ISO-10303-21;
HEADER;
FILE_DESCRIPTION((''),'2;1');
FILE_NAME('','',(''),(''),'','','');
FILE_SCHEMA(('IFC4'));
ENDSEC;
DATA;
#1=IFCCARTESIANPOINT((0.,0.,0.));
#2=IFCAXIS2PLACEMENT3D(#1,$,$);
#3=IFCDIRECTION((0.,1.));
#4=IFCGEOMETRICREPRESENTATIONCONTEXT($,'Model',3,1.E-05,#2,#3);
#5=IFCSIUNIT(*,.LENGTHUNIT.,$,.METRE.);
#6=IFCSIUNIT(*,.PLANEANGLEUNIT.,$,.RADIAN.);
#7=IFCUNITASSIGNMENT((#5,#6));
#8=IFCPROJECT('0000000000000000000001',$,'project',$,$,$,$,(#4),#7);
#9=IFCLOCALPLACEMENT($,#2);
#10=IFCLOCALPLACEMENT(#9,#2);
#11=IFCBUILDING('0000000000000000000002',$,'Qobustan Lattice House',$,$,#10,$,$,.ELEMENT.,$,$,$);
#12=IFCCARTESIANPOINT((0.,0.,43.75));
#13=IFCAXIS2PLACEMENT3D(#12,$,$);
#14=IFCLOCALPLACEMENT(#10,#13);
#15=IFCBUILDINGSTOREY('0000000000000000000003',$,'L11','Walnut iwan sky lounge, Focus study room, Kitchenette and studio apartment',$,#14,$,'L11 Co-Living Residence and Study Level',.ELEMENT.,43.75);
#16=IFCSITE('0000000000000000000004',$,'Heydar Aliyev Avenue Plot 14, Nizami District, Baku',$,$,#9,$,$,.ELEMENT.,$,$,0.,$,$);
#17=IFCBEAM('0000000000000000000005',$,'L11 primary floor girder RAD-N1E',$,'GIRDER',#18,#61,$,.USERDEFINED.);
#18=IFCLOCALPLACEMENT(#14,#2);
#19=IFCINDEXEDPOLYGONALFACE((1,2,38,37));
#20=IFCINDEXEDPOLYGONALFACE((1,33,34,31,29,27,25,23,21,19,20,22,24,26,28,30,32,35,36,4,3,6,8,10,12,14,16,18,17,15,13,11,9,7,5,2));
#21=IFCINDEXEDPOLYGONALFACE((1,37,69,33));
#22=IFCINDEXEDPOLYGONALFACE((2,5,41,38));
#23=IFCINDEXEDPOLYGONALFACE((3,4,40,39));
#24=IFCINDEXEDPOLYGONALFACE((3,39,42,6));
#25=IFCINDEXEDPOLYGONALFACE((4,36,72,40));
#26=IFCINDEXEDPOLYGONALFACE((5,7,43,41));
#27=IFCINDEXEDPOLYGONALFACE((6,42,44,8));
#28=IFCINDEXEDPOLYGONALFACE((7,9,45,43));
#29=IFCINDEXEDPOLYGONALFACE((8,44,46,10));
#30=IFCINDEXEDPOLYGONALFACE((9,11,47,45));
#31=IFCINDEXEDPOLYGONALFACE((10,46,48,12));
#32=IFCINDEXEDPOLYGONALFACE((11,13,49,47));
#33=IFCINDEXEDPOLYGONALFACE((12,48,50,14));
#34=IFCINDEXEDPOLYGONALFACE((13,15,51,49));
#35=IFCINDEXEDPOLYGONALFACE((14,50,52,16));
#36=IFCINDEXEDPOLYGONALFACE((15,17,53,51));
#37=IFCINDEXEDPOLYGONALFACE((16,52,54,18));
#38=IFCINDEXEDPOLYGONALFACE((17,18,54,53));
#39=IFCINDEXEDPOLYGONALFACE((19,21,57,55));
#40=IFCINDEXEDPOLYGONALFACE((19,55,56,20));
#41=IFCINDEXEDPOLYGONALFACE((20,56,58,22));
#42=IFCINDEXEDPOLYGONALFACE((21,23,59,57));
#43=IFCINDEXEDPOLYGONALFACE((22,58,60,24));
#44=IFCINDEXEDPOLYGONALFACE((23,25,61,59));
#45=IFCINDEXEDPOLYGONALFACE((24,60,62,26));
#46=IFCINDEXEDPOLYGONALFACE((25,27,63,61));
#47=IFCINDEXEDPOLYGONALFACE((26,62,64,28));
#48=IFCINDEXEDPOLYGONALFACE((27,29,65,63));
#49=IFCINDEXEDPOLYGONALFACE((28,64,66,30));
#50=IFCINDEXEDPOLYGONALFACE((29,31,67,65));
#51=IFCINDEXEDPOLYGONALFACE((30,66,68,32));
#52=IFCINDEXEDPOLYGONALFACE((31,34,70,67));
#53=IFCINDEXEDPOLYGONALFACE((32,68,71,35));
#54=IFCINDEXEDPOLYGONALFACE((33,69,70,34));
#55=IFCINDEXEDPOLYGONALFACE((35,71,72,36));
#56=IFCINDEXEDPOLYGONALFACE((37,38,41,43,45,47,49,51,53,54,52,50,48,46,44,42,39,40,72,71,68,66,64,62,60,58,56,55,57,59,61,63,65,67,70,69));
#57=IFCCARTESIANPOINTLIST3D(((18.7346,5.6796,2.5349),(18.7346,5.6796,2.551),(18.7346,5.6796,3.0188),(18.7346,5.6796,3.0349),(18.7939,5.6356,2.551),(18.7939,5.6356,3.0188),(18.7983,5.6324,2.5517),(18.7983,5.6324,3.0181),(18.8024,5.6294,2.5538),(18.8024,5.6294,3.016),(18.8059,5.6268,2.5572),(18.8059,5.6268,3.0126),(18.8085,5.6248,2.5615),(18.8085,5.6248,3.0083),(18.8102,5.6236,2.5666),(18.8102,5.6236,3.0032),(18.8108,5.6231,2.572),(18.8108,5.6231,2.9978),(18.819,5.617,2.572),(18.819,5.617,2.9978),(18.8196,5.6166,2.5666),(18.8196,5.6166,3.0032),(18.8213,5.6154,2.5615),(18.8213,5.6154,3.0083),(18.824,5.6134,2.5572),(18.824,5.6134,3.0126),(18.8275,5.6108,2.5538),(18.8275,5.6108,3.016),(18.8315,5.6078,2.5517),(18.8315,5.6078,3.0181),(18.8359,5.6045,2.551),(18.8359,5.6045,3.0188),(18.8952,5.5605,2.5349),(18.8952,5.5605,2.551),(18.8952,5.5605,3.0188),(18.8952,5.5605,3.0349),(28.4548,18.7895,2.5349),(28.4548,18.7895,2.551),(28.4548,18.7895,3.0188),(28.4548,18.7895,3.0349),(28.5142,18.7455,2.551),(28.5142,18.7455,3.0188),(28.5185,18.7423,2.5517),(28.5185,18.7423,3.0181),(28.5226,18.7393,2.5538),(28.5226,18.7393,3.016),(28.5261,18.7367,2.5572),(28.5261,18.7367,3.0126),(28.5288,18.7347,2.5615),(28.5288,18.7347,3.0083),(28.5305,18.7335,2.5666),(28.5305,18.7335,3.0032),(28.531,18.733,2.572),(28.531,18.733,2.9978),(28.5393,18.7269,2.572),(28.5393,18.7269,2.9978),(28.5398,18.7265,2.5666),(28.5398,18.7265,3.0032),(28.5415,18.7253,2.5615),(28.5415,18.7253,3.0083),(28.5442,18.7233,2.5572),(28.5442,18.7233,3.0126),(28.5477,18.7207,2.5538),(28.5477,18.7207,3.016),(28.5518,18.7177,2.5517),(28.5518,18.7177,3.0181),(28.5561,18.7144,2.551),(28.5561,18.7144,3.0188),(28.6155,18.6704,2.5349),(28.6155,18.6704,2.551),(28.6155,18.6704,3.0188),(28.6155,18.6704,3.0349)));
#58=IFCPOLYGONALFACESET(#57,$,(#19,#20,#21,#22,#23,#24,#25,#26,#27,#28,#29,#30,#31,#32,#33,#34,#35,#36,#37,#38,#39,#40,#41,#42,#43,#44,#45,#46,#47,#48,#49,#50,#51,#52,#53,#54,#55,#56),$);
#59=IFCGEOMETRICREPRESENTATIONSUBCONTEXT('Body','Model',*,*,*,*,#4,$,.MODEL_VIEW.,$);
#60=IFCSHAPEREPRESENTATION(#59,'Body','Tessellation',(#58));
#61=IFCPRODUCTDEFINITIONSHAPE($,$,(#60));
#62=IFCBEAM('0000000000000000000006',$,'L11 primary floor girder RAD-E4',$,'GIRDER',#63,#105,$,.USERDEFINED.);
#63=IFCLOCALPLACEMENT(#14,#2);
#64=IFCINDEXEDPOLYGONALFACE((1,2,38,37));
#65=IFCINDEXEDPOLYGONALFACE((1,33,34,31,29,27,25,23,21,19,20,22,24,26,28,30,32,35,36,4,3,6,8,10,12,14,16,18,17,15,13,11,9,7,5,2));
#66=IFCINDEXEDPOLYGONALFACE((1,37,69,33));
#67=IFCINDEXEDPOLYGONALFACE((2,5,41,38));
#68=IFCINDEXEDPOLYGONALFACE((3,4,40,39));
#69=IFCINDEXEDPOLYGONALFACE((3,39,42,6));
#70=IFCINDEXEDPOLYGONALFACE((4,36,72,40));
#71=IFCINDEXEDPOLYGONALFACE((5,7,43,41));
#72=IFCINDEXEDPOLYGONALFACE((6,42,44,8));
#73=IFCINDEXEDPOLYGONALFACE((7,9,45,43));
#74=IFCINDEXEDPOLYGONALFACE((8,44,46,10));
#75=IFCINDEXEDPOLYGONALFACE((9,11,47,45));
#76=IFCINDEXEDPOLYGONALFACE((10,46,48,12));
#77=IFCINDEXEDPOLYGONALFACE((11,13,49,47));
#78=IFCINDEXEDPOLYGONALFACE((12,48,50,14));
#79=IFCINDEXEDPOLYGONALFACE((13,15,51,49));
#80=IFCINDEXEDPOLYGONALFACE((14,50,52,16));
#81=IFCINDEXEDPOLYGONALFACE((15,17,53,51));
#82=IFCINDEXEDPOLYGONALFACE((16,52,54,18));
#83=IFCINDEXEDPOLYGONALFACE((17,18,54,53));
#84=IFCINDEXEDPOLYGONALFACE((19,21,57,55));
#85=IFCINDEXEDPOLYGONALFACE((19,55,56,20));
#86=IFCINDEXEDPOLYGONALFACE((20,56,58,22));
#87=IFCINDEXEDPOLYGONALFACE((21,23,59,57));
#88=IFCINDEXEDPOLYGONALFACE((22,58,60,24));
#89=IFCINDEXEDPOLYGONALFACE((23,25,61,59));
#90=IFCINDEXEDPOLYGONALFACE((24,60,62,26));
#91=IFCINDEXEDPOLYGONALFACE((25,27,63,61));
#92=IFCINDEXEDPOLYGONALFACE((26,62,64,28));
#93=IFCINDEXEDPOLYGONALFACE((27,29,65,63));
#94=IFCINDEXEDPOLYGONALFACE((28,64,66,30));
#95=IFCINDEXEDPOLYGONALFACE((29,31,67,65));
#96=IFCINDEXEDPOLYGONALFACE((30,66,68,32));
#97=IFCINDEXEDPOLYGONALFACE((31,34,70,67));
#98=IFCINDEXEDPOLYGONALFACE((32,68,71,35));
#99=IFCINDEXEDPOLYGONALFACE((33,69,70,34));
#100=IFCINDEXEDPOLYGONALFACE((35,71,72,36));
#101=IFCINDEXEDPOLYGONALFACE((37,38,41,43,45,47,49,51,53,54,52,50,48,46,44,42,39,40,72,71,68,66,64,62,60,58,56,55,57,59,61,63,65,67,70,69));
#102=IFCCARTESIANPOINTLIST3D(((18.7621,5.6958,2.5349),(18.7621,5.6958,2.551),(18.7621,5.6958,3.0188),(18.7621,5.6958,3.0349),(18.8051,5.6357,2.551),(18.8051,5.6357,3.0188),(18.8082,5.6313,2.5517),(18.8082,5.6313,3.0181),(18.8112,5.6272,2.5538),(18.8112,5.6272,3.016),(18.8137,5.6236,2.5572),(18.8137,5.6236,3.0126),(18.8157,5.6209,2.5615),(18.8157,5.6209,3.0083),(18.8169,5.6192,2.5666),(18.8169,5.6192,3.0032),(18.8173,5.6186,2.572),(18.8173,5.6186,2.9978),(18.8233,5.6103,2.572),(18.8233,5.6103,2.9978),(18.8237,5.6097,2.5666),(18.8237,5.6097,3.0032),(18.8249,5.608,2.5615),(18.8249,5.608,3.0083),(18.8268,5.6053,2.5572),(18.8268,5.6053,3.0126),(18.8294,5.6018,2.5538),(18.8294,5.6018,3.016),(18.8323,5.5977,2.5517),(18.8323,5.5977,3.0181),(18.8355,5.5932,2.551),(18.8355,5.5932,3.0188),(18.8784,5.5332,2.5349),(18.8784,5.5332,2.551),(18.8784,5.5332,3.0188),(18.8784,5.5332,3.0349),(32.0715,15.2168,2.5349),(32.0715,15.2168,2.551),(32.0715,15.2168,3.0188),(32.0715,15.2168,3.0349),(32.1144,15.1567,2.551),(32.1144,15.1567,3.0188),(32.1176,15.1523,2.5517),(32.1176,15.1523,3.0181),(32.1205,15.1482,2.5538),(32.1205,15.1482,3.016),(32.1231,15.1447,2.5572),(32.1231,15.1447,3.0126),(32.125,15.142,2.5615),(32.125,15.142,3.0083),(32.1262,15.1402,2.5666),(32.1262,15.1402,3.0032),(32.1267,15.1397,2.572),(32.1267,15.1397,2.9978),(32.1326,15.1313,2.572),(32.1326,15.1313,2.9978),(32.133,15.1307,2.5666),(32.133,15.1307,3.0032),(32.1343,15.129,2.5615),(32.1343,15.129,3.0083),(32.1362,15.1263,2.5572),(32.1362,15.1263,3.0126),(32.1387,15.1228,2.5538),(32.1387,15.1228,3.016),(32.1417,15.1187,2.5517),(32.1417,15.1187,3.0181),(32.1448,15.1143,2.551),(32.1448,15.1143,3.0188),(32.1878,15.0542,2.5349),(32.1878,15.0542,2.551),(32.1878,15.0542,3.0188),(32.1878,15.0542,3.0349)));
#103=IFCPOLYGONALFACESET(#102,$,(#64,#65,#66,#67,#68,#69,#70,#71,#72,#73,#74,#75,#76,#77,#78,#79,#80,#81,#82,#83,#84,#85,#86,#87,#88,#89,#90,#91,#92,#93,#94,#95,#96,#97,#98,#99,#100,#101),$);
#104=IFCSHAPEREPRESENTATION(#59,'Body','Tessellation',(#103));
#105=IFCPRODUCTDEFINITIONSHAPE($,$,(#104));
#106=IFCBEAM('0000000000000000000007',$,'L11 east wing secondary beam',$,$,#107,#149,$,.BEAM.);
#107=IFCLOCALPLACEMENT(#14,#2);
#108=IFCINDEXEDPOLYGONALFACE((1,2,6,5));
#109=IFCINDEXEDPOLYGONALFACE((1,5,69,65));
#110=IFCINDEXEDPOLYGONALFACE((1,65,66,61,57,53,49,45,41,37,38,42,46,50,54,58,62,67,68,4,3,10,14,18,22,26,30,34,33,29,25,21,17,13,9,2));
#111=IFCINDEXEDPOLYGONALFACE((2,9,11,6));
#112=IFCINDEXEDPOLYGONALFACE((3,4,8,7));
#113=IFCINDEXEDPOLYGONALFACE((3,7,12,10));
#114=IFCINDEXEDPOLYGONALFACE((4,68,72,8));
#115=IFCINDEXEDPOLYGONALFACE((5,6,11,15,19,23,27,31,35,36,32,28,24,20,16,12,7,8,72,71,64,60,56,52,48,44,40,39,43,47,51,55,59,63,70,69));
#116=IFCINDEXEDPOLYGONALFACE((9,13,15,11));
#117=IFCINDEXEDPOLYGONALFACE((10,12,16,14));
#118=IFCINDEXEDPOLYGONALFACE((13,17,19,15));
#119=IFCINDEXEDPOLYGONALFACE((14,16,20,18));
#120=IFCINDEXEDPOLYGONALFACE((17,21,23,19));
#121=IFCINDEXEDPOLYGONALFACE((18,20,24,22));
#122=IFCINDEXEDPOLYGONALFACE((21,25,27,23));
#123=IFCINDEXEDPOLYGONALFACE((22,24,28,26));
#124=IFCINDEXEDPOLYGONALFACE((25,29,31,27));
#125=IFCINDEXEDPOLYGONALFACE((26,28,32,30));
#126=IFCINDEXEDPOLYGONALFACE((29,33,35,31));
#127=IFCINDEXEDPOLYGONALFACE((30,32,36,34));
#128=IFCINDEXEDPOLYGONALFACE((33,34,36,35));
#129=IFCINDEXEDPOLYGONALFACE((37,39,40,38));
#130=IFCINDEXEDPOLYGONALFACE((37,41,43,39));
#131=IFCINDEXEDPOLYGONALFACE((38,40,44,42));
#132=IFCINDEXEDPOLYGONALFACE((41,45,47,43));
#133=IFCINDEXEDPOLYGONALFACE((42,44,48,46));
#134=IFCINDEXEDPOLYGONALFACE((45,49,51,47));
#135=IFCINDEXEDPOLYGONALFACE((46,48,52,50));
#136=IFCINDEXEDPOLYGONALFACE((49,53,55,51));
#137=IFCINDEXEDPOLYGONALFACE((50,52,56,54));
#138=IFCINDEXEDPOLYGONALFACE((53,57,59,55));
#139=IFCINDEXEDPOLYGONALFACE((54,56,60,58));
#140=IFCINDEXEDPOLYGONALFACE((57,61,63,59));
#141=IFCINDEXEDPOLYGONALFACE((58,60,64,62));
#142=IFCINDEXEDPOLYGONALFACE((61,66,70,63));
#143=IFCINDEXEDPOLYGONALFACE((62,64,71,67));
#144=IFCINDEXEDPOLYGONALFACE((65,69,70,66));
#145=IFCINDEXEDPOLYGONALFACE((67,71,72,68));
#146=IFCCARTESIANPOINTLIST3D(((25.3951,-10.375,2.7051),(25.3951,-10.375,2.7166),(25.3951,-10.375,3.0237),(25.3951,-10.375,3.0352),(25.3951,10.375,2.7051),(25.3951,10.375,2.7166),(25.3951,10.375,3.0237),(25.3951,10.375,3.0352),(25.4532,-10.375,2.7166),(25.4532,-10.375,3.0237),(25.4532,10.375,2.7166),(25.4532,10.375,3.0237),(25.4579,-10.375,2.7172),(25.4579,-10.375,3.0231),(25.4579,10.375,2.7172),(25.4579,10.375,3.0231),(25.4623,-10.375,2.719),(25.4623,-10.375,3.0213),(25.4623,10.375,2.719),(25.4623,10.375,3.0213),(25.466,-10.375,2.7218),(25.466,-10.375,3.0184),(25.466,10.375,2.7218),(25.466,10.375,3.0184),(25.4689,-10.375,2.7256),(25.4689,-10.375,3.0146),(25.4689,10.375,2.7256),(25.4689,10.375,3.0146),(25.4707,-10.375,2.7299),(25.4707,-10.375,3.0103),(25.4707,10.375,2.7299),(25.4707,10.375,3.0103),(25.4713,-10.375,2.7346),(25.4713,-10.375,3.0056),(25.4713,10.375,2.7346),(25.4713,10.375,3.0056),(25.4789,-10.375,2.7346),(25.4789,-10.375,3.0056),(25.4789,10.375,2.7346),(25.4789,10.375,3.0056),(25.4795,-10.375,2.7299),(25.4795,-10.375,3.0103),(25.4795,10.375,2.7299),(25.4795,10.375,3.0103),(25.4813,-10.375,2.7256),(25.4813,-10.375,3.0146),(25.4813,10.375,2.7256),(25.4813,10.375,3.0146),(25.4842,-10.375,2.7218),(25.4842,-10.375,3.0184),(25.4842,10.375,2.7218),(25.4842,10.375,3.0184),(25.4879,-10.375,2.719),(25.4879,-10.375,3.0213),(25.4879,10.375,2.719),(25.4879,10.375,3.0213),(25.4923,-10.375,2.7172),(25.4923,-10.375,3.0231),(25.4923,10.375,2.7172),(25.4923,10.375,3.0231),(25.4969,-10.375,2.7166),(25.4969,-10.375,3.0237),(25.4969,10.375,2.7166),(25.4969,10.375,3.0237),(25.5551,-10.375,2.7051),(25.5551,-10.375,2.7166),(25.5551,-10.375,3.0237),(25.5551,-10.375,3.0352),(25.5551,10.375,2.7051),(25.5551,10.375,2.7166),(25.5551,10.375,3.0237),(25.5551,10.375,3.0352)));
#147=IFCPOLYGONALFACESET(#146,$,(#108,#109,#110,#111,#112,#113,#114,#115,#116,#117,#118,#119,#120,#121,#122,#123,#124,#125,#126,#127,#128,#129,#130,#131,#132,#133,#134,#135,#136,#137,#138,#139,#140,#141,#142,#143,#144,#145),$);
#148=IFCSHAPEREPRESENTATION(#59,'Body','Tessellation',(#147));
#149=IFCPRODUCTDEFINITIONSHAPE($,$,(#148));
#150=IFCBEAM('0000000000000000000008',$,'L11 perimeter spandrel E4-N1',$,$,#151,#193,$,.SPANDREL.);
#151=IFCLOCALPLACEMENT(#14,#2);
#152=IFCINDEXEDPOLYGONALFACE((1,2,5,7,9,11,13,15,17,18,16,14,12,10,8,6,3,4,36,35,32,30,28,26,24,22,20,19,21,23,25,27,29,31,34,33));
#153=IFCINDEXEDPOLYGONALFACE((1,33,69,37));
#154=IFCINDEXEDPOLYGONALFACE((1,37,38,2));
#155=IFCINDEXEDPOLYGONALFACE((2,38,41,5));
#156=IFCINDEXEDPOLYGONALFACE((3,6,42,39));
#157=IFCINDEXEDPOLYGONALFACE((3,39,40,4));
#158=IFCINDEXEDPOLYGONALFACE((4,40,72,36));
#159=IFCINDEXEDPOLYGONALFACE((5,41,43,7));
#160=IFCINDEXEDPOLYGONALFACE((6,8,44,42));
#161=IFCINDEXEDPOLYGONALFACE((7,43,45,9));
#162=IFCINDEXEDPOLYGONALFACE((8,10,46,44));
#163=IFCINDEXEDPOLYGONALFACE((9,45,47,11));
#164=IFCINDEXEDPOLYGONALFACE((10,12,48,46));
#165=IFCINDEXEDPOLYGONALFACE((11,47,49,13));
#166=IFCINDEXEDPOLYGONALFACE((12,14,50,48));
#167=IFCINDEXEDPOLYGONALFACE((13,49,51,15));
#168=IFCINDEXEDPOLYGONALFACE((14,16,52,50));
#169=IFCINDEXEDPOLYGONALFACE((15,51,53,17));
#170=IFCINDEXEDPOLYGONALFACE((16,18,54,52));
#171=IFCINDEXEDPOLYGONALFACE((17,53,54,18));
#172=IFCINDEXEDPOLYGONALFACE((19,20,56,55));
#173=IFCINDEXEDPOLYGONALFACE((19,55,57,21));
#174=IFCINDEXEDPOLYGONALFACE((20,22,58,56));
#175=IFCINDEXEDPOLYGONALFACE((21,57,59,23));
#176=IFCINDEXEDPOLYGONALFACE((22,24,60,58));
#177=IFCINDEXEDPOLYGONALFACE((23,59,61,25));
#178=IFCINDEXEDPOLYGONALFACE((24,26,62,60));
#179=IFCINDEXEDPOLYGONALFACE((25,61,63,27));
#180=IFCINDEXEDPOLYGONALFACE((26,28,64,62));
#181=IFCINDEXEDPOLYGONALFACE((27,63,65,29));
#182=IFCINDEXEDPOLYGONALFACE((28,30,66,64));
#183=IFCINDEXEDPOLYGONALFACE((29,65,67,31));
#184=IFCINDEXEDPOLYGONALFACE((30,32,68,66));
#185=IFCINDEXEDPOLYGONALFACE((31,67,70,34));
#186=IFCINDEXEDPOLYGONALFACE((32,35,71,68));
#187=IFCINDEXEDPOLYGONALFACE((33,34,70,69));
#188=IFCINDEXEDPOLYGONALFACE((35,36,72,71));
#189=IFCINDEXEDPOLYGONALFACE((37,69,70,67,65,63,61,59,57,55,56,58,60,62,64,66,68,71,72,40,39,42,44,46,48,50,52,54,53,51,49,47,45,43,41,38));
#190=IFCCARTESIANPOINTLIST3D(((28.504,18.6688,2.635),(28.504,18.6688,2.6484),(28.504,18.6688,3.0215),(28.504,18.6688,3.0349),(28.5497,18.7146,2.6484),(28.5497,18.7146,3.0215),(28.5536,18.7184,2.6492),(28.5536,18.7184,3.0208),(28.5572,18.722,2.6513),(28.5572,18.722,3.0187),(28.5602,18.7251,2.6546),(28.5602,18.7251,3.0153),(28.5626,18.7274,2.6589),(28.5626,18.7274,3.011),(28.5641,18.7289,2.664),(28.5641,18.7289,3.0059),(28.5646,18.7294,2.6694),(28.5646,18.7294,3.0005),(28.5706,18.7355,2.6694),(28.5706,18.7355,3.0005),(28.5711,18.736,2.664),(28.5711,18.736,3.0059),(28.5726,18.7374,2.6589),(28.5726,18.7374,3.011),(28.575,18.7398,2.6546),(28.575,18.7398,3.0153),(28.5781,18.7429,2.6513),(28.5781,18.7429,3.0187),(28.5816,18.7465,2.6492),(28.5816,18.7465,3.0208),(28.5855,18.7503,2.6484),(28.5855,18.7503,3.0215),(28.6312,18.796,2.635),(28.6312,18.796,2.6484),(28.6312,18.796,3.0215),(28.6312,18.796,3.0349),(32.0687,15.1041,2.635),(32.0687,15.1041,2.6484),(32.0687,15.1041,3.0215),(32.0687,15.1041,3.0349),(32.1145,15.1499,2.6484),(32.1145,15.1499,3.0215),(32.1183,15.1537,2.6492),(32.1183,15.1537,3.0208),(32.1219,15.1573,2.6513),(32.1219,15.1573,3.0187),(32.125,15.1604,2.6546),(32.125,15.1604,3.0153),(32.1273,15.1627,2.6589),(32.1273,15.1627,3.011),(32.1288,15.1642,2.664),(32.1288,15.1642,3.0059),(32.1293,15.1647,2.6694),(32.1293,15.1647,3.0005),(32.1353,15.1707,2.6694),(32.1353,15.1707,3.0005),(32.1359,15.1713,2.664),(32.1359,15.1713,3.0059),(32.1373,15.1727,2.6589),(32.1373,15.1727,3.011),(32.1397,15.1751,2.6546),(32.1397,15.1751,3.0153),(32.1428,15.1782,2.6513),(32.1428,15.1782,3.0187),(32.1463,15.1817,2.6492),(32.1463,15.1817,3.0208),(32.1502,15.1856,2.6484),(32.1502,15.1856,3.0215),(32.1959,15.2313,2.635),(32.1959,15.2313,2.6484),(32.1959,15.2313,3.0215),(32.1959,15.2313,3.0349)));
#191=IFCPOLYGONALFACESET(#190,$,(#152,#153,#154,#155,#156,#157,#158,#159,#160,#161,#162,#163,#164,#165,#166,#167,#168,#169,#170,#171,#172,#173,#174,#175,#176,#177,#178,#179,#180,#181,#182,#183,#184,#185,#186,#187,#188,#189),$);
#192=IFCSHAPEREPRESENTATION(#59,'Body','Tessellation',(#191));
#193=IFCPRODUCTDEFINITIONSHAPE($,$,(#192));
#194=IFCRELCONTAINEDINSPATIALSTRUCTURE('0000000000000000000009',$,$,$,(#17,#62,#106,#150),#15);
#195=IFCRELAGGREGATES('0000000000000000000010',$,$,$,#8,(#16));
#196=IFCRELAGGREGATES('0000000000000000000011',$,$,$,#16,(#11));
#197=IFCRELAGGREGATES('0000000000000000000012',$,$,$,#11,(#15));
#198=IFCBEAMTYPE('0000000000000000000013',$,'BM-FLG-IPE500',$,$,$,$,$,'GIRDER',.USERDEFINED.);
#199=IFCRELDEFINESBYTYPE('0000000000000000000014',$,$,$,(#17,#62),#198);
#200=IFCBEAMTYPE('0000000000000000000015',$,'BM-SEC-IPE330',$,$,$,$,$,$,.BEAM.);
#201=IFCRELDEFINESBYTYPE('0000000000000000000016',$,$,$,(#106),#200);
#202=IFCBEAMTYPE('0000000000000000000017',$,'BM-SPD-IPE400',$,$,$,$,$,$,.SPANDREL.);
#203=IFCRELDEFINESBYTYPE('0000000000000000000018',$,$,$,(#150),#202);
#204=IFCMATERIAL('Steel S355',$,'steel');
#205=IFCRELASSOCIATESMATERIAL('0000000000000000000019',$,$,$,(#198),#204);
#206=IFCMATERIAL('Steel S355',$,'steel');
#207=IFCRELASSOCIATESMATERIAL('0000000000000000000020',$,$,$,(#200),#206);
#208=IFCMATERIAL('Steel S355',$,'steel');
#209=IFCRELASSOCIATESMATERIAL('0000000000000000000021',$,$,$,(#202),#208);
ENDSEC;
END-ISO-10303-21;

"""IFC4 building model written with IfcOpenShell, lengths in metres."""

from ifc_helpers import new_model, si_unit, direction, frame, origin, origin_2d, place, context, subcontext, project, spatial, i_section, extrude, material, material_profile, profile_set, type_object, element, save


model = new_model("IFC4")

# Units and contexts
model_context = context("Model", 3, precision=1e-05, world=origin(), true_north=direction((0.0, 1.0)))
body_context = subcontext(model_context, "Body", "Model", "MODEL_VIEW")
ifc_project = project(units=[si_unit("LENGTHUNIT", "METRE"), si_unit("PLANEANGLEUNIT", "RADIAN")], contexts=[model_context])

# Site, building, storey
site_placement = place(None, origin())
site = spatial("IfcSite", under=ifc_project, at=site_placement, Name="Heydar Aliyev Avenue Plot 14, Nizami District, Baku", CompositionType="ELEMENT", RefElevation=0.0)
building_placement = place(site_placement, origin())
building = spatial("IfcBuilding", under=site, at=building_placement, Name="Qobustan Lattice House", CompositionType="ELEMENT")
storey_placement = place(building_placement, frame((0.0, 0.0, 43.75)))
storey = spatial("IfcBuildingStorey", under=building, at=storey_placement, Name="L11", Description="Walnut iwan sky lounge, Focus study room, Kitchenette and studio apartment", LongName="L11 Co-Living Residence and Study Level", CompositionType="ELEMENT", Elevation=43.75)

# Beams
ifc_material_1 = material(Name="Steel S355", Category="steel")
ifc_material_profile_1 = material_profile(ifc_material_1, i_section(OverallWidth=0.2, OverallDepth=0.5, WebThickness=0.0103, FlangeThickness=0.0161, FilletRadius=0.021, at=origin_2d()), Name="IPE500")
ifc_profile_set_1 = profile_set([ifc_material_profile_1], Name="Steel S355")
beam_type_1 = type_object("IfcBeamType", Name="BM-FLG-IPE500", ElementType="GIRDER", PredefinedType="USERDEFINED", material=ifc_profile_set_1)
beam_1_placement = place(storey_placement, frame((28.5352, 18.73, 2.7849), z_axis=(-0.595592, -0.803287, 0.0), x_axis=(0.803287, -0.595592, 0.0)))
element("IfcBeam", 1, at=beam_1_placement, inside=storey, type_object=beam_type_1, Name="L11 primary floor girder RAD-N1E", ObjectType="GIRDER", PredefinedType="USERDEFINED", context=body_context, shape_type="SweptSolid", body=[
    extrude(i_section(OverallWidth=0.2, OverallDepth=0.5, WebThickness=0.0103, FlangeThickness=0.0161, FilletRadius=0.021, at=origin_2d()), origin(), (0.0, 0.0, 1.0), 16.3203),
])
beam_2_placement = place(storey_placement, frame((32.1296, 15.1355, 2.7849), z_axis=(-0.813319, -0.581818, 0.0), x_axis=(0.581818, -0.813319, 0.0)))
element("IfcBeam", 2, at=beam_2_placement, inside=storey, type_object=beam_type_1, Name="L11 primary floor girder RAD-E4", ObjectType="GIRDER", PredefinedType="USERDEFINED", context=body_context, shape_type="SweptSolid", body=[
    extrude(i_section(OverallWidth=0.2, OverallDepth=0.5, WebThickness=0.0103, FlangeThickness=0.0161, FilletRadius=0.021, at=origin_2d()), origin(), (0.0, 0.0, 1.0), 16.3643),
])
ifc_material_2 = material(Name="Steel S355", Category="steel")
ifc_material_profile_2 = material_profile(ifc_material_2, i_section(OverallWidth=0.1599, OverallDepth=0.3301, WebThickness=0.0076, FlangeThickness=0.0115, FilletRadius=0.0181, at=origin_2d()), Name="IPE330")
ifc_profile_set_2 = profile_set([ifc_material_profile_2], Name="Steel S355")
beam_type_2 = type_object("IfcBeamType", Name="BM-SEC-IPE330", PredefinedType="BEAM", material=ifc_profile_set_2)
beam_3_placement = place(storey_placement, frame((25.4751, 10.375, 2.8701), z_axis=(0.0, -1.0, 0.0), x_axis=(1.0, 0.0, 0.0)))
element("IfcBeam", 3, at=beam_3_placement, inside=storey, type_object=beam_type_2, Name="L11 east wing secondary beam", PredefinedType="BEAM", context=body_context, shape_type="SweptSolid", body=[
    extrude(i_section(OverallWidth=0.1599, OverallDepth=0.3301, WebThickness=0.0076, FlangeThickness=0.0115, FilletRadius=0.0181, at=origin_2d()), origin(), (0.0, 0.0, 1.0), 20.75),
])
ifc_material_3 = material(Name="Steel S355", Category="steel")
ifc_material_profile_3 = material_profile(ifc_material_3, i_section(OverallWidth=0.1799, OverallDepth=0.3999, WebThickness=0.0085, FlangeThickness=0.0134, FilletRadius=0.021, at=origin_2d()), Name="IPE400")
ifc_profile_set_3 = profile_set([ifc_material_profile_3], Name="Steel S355")
beam_type_3 = type_object("IfcBeamType", Name="BM-SPD-IPE400", PredefinedType="SPANDREL", material=ifc_profile_set_3)
beam_4_placement = place(storey_placement, frame((32.1323, 15.1677, 2.835), z_axis=(-0.707107, 0.707107, 0.0), x_axis=(-0.707107, -0.707107, 0.0)))
element("IfcBeam", 4, at=beam_4_placement, inside=storey, type_object=beam_type_3, Name="L11 perimeter spandrel E4-N1", PredefinedType="SPANDREL", context=body_context, shape_type="SweptSolid", body=[
    extrude(i_section(OverallWidth=0.1799, OverallDepth=0.3999, WebThickness=0.0085, FlangeThickness=0.0134, FilletRadius=0.021, at=origin_2d()), origin(), (0.0, 0.0, 1.0), 5.0413),
])

save(model, "model.ifc")
